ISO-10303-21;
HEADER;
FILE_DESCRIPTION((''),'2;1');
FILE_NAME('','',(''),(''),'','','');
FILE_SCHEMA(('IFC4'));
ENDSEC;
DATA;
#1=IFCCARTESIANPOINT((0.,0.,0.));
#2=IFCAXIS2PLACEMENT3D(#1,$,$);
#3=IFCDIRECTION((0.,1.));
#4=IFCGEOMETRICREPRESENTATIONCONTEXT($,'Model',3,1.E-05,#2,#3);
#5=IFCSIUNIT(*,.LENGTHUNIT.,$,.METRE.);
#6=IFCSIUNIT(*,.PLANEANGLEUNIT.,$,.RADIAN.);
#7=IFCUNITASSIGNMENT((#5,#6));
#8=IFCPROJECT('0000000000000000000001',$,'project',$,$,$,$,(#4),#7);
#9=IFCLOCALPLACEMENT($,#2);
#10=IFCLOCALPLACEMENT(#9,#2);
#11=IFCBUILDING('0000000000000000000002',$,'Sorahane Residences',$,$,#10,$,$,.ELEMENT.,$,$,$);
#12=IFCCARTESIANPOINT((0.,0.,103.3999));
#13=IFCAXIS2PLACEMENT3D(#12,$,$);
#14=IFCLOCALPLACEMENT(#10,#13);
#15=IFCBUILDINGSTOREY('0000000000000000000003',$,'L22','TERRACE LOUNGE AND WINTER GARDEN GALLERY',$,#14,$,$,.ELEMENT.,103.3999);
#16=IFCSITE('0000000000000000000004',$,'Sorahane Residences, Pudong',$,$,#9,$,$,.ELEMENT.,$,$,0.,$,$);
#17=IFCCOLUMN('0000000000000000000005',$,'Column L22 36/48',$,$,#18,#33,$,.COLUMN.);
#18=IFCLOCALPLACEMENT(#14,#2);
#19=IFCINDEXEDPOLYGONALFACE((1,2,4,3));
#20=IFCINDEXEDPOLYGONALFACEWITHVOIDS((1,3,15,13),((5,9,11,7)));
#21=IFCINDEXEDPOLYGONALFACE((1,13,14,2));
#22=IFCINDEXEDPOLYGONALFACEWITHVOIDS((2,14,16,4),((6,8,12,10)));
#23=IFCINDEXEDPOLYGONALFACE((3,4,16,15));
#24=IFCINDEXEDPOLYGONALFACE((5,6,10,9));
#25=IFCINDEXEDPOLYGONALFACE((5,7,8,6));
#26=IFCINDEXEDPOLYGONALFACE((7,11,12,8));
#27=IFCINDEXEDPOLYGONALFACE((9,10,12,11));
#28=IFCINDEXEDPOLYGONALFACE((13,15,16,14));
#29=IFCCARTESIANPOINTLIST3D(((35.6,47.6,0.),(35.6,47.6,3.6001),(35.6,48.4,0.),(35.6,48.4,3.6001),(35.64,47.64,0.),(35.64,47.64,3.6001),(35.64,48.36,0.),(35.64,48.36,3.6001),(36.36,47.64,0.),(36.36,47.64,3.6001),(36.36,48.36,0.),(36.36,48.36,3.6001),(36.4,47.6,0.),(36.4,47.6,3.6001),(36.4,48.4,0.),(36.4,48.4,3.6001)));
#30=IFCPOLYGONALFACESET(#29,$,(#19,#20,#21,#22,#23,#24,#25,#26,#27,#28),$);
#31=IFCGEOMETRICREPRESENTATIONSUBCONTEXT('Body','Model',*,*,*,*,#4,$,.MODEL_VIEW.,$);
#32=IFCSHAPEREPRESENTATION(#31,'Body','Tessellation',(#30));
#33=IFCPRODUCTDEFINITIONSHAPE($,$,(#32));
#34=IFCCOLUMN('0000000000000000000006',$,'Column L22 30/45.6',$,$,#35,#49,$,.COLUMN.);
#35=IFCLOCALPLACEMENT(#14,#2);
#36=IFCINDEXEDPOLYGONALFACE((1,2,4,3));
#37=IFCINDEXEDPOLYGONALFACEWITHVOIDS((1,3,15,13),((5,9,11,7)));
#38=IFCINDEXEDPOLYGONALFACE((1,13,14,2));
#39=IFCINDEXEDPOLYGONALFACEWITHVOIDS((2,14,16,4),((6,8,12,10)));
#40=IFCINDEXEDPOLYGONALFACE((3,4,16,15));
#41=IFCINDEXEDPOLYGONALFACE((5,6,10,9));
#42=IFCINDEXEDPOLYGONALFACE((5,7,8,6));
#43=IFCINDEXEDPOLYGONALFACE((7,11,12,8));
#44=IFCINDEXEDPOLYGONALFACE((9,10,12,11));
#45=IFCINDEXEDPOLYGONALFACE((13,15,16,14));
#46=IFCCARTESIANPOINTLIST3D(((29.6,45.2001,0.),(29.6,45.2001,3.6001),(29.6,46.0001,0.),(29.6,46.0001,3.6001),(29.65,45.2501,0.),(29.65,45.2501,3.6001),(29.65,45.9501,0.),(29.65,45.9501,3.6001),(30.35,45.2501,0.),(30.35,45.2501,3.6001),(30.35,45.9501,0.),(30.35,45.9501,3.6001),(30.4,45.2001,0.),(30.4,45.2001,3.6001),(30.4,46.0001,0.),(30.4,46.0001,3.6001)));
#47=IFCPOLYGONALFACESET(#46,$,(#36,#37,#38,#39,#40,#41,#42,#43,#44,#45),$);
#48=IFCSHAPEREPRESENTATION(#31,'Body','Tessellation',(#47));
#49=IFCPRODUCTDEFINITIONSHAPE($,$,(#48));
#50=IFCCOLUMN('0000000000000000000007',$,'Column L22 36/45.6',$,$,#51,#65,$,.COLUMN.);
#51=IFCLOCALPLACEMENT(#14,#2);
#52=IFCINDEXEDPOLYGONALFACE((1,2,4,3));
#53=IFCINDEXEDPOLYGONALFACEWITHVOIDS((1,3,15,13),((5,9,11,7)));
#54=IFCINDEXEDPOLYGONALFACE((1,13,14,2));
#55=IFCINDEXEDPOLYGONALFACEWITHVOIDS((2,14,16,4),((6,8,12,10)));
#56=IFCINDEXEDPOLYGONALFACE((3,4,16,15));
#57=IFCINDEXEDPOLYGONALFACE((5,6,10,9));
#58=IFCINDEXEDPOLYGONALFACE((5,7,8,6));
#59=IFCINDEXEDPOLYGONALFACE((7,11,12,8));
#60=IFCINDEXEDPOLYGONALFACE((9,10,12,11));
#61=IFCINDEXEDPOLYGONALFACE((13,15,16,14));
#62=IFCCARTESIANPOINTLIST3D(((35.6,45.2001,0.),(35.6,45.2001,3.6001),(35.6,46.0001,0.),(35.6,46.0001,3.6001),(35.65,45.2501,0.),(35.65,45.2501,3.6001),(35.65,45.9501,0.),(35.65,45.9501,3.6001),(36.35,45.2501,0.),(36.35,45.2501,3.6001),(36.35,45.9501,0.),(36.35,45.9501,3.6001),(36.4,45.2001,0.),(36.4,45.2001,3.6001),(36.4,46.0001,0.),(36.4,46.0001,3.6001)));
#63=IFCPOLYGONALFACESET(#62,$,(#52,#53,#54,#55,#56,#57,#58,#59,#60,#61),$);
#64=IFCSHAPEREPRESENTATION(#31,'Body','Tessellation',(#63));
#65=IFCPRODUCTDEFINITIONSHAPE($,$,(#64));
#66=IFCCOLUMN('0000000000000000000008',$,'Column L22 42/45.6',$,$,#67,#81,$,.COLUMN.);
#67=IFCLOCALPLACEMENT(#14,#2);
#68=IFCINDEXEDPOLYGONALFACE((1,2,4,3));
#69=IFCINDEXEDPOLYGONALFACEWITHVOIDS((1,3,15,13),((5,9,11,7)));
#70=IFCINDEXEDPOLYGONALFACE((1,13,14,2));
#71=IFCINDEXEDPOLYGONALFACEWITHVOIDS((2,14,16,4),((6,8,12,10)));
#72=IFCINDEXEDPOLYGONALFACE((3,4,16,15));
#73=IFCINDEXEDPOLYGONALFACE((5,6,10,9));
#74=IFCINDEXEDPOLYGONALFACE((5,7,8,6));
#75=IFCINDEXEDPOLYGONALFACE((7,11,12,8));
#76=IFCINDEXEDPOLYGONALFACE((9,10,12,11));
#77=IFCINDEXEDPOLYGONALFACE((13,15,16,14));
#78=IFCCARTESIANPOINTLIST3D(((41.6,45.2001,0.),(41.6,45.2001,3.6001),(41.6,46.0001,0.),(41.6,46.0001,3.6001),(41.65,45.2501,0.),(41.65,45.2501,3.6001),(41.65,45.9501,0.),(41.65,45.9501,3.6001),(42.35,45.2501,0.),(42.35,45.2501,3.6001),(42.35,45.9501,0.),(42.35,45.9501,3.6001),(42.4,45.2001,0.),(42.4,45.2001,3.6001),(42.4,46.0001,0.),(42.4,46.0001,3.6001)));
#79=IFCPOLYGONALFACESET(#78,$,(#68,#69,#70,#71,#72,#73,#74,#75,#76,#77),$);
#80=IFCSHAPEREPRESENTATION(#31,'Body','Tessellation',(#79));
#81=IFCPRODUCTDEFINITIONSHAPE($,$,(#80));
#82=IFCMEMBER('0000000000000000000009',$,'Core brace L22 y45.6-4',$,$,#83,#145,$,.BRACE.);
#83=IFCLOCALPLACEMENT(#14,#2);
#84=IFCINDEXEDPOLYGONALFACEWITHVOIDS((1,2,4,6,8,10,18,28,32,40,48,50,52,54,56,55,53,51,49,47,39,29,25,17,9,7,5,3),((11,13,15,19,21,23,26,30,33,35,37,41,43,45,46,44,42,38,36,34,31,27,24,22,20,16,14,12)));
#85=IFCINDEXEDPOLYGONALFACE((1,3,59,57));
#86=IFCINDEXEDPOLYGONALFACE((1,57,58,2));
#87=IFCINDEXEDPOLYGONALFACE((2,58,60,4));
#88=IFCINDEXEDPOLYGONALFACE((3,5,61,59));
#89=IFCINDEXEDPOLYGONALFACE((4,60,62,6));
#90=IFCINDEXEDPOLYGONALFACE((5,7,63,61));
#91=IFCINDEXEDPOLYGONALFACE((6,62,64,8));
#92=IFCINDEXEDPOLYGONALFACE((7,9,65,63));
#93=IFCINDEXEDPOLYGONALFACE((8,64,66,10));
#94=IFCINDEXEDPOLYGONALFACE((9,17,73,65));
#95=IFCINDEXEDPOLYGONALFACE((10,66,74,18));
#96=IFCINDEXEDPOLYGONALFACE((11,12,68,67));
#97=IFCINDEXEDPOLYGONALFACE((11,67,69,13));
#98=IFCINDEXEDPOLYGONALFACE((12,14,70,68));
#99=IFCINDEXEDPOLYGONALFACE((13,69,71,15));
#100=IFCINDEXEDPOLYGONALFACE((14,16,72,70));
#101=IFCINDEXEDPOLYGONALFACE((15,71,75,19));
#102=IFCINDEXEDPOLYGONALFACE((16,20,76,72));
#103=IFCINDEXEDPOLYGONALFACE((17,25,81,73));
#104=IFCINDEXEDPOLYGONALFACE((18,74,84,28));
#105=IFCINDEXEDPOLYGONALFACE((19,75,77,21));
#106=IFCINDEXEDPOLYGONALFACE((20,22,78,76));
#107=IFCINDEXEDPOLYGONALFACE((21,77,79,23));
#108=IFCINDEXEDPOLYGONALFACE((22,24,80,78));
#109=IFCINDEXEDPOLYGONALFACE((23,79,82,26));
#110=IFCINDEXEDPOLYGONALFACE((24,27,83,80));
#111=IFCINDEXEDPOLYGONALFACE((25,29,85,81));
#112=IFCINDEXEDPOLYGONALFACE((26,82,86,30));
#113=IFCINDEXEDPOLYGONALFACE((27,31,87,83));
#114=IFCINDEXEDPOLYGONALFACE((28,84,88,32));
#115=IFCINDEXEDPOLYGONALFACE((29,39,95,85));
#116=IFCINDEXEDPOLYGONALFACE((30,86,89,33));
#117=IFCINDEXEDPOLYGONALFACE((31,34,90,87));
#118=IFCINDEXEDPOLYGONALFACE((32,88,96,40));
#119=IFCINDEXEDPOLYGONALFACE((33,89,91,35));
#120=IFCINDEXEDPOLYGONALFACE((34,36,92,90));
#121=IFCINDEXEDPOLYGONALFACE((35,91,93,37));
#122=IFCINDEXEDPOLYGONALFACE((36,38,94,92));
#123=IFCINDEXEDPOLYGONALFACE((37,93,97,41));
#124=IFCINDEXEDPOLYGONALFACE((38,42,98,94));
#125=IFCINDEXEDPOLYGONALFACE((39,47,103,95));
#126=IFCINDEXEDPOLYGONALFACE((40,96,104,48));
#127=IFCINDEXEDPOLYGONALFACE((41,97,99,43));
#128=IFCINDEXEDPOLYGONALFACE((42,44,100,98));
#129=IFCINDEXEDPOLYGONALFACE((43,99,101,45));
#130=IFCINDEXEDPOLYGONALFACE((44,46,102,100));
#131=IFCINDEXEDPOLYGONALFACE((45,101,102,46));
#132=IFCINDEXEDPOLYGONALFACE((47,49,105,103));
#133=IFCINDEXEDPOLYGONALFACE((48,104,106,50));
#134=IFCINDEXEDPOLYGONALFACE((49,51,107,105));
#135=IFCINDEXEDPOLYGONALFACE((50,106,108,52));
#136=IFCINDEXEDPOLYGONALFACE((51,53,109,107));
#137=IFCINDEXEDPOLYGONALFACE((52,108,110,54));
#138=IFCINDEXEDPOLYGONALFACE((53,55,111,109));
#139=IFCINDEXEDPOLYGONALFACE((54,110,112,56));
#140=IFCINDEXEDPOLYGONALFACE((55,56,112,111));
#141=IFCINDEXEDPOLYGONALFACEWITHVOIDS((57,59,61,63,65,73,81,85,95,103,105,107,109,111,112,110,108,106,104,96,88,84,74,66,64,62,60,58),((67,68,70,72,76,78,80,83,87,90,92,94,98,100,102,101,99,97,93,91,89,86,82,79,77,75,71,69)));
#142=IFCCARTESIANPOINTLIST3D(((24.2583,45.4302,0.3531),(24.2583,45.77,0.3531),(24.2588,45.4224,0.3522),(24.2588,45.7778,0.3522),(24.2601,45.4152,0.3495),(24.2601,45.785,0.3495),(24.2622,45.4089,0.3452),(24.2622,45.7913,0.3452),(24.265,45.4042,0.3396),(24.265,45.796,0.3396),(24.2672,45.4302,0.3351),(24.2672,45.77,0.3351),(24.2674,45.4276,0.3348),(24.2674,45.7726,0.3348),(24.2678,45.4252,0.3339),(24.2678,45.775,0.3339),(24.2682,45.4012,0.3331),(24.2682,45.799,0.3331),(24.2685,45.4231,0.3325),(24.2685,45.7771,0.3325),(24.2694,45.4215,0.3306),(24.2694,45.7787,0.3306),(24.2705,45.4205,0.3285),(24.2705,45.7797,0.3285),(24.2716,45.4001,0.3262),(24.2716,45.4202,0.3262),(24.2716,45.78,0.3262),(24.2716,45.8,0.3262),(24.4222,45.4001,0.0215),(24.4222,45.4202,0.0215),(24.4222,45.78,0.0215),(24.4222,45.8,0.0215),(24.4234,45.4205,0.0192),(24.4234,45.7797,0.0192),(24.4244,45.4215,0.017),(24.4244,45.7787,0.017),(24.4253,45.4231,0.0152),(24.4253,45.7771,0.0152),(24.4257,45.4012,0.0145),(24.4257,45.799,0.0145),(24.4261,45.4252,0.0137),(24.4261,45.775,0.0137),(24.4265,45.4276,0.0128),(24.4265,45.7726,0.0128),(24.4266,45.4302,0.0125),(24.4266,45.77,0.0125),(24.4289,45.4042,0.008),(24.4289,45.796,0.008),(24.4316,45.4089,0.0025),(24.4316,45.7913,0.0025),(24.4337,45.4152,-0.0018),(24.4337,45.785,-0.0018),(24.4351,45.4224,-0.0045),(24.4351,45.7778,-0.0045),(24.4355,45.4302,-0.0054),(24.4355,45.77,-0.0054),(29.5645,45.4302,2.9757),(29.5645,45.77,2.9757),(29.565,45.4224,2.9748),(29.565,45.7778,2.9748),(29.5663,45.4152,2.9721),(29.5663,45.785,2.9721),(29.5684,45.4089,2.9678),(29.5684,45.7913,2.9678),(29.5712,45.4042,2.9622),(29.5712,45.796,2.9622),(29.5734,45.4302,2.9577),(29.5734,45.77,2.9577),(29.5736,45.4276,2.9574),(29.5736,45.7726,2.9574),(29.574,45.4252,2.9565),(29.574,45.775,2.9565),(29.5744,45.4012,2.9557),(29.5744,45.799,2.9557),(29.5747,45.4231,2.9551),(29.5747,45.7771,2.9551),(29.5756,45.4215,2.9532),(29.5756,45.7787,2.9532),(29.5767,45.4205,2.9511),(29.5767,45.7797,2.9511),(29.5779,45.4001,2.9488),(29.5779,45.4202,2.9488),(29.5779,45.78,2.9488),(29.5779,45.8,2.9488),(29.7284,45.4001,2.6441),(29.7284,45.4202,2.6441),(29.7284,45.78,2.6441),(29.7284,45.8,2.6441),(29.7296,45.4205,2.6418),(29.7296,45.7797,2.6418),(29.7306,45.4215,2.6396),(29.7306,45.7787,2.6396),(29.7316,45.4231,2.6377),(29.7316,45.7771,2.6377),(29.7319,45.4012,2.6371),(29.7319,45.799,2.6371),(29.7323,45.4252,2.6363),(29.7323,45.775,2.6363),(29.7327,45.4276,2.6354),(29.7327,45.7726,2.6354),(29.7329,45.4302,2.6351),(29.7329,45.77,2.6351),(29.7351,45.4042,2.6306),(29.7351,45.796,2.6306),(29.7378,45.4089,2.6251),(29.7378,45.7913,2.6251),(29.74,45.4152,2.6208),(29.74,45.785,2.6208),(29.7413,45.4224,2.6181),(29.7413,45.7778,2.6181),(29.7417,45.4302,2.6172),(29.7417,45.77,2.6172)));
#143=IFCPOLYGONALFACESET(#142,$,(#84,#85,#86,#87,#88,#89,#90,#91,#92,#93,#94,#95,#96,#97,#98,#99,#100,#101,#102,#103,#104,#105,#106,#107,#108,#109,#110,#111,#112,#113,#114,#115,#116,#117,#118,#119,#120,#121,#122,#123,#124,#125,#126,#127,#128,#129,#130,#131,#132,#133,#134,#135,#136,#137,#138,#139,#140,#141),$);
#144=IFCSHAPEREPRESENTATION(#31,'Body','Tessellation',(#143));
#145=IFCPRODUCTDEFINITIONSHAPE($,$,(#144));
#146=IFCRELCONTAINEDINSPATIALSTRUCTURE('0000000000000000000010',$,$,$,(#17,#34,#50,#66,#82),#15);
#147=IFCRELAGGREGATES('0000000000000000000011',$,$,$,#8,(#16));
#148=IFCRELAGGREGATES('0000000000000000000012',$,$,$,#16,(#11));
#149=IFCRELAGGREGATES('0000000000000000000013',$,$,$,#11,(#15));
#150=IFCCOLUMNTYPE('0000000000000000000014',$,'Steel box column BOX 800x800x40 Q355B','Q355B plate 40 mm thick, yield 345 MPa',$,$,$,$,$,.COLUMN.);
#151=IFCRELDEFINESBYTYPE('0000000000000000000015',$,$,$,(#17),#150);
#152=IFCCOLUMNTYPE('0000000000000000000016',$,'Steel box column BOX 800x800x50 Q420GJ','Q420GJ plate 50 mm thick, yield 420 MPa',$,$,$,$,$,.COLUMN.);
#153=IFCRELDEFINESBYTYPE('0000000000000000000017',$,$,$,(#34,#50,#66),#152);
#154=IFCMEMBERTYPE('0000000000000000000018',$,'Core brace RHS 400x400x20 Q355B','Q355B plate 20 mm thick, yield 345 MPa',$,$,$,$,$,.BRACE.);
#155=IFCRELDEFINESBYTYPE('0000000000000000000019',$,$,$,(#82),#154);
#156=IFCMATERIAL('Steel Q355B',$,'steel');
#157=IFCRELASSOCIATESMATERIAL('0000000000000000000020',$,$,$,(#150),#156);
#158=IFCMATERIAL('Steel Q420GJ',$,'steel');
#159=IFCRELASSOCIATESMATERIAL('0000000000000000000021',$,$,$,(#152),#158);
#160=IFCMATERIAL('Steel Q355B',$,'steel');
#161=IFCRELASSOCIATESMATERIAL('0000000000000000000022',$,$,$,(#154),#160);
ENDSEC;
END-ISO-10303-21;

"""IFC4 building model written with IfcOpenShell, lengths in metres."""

from ifc_helpers import new_model, si_unit, direction, frame, origin, origin_2d, place, context, subcontext, project, spatial, hollow_rectangle, extrude, material, material_profile, profile_set, type_object, element, save


model = new_model("IFC4")

# Units and contexts
model_context = context("Model", 3, precision=1e-05, world=origin(), true_north=direction((0.0, 1.0)))
body_context = subcontext(model_context, "Body", "Model", "MODEL_VIEW")
ifc_project = project(units=[si_unit("LENGTHUNIT", "METRE"), si_unit("PLANEANGLEUNIT", "RADIAN")], contexts=[model_context])

# Site, building, storey
site_placement = place(None, origin())
site = spatial("IfcSite", under=ifc_project, at=site_placement, Name="Sorahane Residences, Pudong", CompositionType="ELEMENT", RefElevation=0.0)
building_placement = place(site_placement, origin())
building = spatial("IfcBuilding", under=site, at=building_placement, Name="Sorahane Residences", CompositionType="ELEMENT")
storey_placement = place(building_placement, frame((0.0, 0.0, 103.3999)))
storey = spatial("IfcBuildingStorey", under=building, at=storey_placement, Name="L22", Description="TERRACE LOUNGE AND WINTER GARDEN GALLERY", CompositionType="ELEMENT", Elevation=103.3999)

# Columns
ifc_material_1 = material(Name="Steel Q355B", Category="steel")
ifc_material_profile_1 = material_profile(ifc_material_1, hollow_rectangle(XDim=0.8, YDim=0.8, WallThickness=0.04, at=origin_2d()), Name="BOX 800x800x40")
ifc_profile_set_1 = profile_set([ifc_material_profile_1], Name="Steel Q355B")
column_type_1 = type_object("IfcColumnType", Name="Steel box column BOX 800x800x40 Q355B", Description="Q355B plate 40 mm thick, yield 345 MPa", PredefinedType="COLUMN", material=ifc_profile_set_1)
column_placement = place(storey_placement, frame((36.0, 48.0, 0.0), z_axis=(0.0, 0.0, 1.0), x_axis=(1.0, 0.0, 0.0)))
element("IfcColumn", 1, at=column_placement, inside=storey, type_object=column_type_1, Name="Column L22 36/48", PredefinedType="COLUMN", context=body_context, shape_type="SweptSolid", body=[
    extrude(hollow_rectangle(XDim=0.8, YDim=0.8, WallThickness=0.04, at=origin_2d()), origin(), (0.0, 0.0, 1.0), 3.6001),
])
ifc_material_2 = material(Name="Steel Q420GJ", Category="steel")
ifc_material_profile_2 = material_profile(ifc_material_2, hollow_rectangle(XDim=0.8, YDim=0.8, WallThickness=0.05, at=origin_2d()), Name="BOX 800x800x50")
ifc_profile_set_2 = profile_set([ifc_material_profile_2], Name="Steel Q420GJ")
column_type_2 = type_object("IfcColumnType", Name="Steel box column BOX 800x800x50 Q420GJ", Description="Q420GJ plate 50 mm thick, yield 420 MPa", PredefinedType="COLUMN", material=ifc_profile_set_2)
for number, where, z_axis, x_axis, name in (
    (2, (30.0, 45.6001, 0.0), (0.0, 0.0, 1.0), (1.0, 0.0, 0.0), "Column L22 30/45.6"),
    (3, (36.0, 45.6001, 0.0), (0.0, 0.0, 1.0), (1.0, 0.0, 0.0), "Column L22 36/45.6"),
    (4, (42.0, 45.6001, 0.0), (0.0, 0.0, 1.0), (1.0, 0.0, 0.0), "Column L22 42/45.6"),
):
    element("IfcColumn", number, at=place(storey_placement, frame(where, z_axis=z_axis, x_axis=x_axis)), inside=storey, type_object=column_type_2, Name=name, PredefinedType="COLUMN", context=body_context, shape_type="SweptSolid", body=[
        extrude(hollow_rectangle(XDim=0.8, YDim=0.8, WallThickness=0.05, at=origin_2d()), origin(), (0.0, 0.0, 1.0), 3.6001),
    ])

# Member
ifc_material_3 = material(Name="Steel Q355B", Category="steel")
ifc_material_profile_3 = material_profile(ifc_material_3, hollow_rectangle(XDim=0.3999, YDim=0.3999, WallThickness=0.02, InnerFilletRadius=0.01, OuterFilletRadius=0.03, at=origin_2d()), Name="RHS 400x400x20")
ifc_profile_set_3 = profile_set([ifc_material_profile_3], Name="Steel Q355B")
member_type_1 = type_object("IfcMemberType", Name="Core brace RHS 400x400x20 Q355B", Description="Q355B plate 20 mm thick, yield 345 MPa", PredefinedType="BRACE", material=ifc_profile_set_3)
for number, where, z_axis, x_axis, name in (
    (5, (24.3469, 45.6001, 0.1738), (0.89648, 0.0, 0.443084), (0.0, 1.0, 0.0), "Core brace L22 y45.6-4"),
):
    element("IfcMember", number, at=place(storey_placement, frame(where, z_axis=z_axis, x_axis=x_axis)), inside=storey, type_object=member_type_1, Name=name, PredefinedType="BRACE", context=body_context, shape_type="SweptSolid", body=[
        extrude(hollow_rectangle(XDim=0.3999, YDim=0.3999, WallThickness=0.02, InnerFilletRadius=0.01, OuterFilletRadius=0.03, at=origin_2d()), origin(), (0.0, 0.0, 1.0), 5.9189),
    ])

save(model, "model.ifc")
